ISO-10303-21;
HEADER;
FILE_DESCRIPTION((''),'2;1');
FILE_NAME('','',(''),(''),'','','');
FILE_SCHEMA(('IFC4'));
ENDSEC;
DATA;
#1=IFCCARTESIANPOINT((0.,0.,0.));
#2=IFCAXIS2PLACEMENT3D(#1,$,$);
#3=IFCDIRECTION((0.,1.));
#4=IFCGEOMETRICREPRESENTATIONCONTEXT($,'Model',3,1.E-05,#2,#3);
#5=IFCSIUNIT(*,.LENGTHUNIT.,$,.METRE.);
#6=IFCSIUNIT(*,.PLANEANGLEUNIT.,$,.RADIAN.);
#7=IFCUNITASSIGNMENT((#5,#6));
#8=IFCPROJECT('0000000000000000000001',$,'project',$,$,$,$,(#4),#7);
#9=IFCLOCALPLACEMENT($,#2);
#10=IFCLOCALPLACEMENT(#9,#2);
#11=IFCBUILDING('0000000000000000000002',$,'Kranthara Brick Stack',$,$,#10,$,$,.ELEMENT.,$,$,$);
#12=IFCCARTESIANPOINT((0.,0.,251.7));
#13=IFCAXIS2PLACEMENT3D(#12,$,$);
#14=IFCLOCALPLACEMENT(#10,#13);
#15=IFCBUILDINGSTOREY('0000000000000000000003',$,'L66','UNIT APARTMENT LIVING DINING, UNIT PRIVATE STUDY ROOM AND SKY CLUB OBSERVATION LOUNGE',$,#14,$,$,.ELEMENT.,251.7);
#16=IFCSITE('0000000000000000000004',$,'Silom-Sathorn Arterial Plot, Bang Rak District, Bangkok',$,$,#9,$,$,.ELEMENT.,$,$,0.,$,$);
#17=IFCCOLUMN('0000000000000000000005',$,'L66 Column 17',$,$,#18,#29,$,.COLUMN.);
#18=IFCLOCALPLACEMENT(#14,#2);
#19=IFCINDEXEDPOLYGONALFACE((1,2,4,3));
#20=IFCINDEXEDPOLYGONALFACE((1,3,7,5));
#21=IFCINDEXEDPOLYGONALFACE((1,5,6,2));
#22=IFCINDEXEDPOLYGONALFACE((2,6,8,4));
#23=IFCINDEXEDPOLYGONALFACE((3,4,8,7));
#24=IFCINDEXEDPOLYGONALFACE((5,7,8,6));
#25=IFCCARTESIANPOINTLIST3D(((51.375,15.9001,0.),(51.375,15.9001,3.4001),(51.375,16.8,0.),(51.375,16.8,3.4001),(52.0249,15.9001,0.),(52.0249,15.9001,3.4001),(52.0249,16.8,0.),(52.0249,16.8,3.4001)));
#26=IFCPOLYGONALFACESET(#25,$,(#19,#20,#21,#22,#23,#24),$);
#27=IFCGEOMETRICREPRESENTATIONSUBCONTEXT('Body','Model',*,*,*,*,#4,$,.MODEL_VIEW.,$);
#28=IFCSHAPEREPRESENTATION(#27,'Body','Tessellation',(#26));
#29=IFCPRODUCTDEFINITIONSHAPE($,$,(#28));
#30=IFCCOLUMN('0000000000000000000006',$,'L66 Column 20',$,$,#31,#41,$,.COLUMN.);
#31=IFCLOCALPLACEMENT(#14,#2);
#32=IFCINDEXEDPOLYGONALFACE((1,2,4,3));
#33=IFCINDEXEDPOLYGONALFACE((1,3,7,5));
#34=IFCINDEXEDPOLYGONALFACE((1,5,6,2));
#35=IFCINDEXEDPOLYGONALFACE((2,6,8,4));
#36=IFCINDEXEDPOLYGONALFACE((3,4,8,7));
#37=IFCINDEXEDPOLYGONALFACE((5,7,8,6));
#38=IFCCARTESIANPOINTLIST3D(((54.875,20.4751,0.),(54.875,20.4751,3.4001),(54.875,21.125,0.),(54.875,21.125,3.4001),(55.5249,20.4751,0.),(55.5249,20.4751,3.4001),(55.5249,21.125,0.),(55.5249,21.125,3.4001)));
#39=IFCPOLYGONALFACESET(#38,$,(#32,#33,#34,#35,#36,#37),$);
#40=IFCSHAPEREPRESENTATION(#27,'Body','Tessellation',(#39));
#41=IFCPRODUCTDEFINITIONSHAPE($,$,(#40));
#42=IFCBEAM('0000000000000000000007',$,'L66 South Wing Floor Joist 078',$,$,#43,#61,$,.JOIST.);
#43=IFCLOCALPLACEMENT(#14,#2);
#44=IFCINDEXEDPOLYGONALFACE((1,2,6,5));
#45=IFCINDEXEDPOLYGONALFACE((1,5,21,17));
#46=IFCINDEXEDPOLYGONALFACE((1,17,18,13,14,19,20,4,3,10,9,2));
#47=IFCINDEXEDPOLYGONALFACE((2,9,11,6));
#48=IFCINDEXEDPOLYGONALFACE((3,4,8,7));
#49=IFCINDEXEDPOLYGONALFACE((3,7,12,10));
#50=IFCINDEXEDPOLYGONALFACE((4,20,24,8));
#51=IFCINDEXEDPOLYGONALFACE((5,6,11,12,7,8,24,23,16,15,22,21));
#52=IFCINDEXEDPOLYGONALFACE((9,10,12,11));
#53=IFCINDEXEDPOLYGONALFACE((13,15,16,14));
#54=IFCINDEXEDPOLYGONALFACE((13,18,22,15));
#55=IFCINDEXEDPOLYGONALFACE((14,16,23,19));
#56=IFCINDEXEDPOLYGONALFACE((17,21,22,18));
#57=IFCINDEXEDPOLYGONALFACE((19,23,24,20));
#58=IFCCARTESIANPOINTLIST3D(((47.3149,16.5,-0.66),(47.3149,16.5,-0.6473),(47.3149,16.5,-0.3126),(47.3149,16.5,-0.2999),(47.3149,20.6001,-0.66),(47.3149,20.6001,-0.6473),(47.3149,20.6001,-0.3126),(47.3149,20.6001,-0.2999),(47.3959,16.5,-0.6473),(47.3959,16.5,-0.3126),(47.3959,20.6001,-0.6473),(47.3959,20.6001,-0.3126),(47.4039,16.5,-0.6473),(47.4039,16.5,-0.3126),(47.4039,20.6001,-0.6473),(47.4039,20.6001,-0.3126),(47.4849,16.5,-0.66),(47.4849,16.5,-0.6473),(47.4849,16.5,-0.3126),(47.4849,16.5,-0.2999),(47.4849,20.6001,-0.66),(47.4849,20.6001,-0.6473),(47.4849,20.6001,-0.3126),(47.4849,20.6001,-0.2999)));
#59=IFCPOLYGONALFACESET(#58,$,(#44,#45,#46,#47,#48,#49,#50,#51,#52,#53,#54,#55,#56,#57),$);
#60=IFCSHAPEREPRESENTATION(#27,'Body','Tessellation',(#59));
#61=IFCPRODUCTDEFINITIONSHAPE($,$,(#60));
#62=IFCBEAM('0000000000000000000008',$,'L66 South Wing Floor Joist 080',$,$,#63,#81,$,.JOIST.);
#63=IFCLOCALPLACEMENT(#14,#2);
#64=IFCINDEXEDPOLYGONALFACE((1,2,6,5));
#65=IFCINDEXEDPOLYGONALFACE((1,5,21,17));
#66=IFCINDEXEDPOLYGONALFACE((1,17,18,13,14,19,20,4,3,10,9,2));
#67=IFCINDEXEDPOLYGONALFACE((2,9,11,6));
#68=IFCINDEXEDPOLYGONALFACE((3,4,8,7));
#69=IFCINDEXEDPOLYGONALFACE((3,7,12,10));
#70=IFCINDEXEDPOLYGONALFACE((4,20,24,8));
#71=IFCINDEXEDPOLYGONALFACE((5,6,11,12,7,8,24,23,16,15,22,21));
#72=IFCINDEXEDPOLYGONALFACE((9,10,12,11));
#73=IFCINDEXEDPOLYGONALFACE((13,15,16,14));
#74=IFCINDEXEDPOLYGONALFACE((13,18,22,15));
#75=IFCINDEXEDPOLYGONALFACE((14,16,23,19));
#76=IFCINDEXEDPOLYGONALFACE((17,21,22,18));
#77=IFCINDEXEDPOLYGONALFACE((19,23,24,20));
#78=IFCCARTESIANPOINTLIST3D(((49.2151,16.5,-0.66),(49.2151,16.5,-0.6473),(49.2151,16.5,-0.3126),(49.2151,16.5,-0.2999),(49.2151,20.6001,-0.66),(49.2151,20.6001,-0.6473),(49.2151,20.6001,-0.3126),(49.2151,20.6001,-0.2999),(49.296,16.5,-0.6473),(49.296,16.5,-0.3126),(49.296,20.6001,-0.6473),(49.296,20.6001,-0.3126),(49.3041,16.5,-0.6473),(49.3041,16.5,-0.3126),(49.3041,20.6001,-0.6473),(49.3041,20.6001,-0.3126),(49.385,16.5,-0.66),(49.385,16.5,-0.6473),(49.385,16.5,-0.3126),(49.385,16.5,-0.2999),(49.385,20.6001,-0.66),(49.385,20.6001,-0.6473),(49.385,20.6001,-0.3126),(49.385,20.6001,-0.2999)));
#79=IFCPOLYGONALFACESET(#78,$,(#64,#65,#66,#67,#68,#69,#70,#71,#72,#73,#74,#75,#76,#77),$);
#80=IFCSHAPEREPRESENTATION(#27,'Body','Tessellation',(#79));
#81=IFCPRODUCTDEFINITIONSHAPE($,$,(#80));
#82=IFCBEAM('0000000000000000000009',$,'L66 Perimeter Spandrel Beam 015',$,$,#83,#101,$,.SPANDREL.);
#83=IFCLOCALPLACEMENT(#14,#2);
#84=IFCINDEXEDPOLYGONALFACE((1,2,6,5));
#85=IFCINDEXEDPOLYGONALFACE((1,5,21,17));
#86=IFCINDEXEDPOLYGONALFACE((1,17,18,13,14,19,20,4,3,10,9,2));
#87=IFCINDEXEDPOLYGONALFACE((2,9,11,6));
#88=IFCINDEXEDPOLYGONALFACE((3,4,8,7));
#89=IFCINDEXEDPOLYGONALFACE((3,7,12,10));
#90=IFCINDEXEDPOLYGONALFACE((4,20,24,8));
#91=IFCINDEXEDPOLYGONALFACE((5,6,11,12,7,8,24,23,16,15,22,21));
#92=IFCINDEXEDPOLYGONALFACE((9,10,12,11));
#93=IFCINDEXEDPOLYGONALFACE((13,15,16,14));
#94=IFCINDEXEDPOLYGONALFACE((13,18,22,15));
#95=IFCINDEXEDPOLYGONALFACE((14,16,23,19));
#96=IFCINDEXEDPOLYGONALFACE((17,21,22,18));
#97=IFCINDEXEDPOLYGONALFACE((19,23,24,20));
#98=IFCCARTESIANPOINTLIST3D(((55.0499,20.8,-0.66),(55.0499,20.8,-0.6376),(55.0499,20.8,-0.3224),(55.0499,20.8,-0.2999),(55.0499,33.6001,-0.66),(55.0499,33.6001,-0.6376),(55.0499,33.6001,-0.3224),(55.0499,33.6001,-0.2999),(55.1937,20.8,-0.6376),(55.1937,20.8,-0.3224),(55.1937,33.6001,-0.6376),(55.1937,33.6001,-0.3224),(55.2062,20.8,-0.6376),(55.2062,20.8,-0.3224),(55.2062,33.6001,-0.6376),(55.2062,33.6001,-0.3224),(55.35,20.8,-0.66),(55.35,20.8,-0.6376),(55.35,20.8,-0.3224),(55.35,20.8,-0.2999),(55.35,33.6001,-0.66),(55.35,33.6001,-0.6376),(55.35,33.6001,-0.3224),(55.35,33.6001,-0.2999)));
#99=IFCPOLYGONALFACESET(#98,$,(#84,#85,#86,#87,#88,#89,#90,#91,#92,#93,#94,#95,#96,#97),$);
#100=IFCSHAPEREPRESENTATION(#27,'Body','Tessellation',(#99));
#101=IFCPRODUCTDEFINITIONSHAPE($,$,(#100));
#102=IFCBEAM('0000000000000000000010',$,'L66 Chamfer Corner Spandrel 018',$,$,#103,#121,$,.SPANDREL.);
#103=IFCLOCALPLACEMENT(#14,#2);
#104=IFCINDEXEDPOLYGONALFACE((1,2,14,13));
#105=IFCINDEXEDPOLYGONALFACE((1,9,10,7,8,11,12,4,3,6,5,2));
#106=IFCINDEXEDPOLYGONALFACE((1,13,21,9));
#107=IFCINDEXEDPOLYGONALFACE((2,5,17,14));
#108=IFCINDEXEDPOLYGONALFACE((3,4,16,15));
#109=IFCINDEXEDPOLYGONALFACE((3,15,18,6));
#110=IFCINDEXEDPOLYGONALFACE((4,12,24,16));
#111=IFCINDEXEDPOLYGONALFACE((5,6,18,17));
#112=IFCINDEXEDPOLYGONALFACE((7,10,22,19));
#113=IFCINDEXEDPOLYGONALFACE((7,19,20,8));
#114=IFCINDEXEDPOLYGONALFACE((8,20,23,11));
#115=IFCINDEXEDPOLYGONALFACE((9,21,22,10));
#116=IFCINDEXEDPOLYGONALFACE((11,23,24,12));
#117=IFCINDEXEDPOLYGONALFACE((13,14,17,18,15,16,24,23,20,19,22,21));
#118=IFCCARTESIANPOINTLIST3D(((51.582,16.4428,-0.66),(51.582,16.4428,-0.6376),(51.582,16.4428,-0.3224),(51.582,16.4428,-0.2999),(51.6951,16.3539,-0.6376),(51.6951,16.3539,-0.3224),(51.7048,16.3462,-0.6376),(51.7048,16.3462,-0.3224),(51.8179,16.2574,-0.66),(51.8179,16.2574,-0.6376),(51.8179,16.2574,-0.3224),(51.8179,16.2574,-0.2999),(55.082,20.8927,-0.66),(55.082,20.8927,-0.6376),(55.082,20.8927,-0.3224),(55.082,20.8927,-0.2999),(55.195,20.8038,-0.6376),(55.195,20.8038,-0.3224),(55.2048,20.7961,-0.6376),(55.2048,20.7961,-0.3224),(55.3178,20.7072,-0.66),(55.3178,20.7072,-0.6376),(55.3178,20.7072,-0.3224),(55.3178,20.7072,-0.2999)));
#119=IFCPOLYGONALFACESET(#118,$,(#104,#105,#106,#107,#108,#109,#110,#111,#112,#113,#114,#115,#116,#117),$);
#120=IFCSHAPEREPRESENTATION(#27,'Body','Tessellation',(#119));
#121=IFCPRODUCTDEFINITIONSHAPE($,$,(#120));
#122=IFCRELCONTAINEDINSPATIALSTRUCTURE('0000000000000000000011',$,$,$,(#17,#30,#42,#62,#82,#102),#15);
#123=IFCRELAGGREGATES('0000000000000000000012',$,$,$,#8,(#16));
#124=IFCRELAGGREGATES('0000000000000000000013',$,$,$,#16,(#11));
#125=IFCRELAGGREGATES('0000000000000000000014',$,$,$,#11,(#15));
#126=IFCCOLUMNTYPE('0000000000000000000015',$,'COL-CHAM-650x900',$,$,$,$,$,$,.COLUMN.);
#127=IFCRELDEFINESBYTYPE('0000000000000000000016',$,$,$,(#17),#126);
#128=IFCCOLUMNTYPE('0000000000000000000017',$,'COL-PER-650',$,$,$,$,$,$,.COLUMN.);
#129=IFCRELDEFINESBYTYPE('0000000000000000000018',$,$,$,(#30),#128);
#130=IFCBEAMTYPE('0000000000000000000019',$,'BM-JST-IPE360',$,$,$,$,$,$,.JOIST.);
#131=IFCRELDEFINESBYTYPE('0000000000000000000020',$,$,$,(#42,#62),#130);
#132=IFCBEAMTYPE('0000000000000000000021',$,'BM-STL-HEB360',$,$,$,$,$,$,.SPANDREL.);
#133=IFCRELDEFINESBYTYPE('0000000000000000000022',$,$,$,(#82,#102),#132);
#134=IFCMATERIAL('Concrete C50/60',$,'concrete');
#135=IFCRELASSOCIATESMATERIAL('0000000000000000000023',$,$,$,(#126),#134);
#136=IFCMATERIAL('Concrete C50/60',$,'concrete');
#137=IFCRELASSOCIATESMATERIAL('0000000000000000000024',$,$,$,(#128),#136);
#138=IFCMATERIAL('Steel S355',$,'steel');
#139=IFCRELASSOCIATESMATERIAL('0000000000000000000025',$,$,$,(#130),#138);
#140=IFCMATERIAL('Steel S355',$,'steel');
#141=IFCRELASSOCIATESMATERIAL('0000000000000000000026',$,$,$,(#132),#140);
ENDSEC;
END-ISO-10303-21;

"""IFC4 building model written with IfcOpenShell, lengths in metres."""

from ifc_helpers import new_model, si_unit, direction, frame, origin, origin_2d, place, context, subcontext, project, spatial, rectangle, i_section, extrude, material, material_profile, profile_set, type_object, element, save


model = new_model("IFC4")

# Units and contexts
model_context = context("Model", 3, precision=1e-05, world=origin(), true_north=direction((0.0, 1.0)))
body_context = subcontext(model_context, "Body", "Model", "MODEL_VIEW")
ifc_project = project(units=[si_unit("LENGTHUNIT", "METRE"), si_unit("PLANEANGLEUNIT", "RADIAN")], contexts=[model_context])

# Site, building, storey
site_placement = place(None, origin())
site = spatial("IfcSite", under=ifc_project, at=site_placement, Name="Silom-Sathorn Arterial Plot, Bang Rak District, Bangkok", CompositionType="ELEMENT", RefElevation=0.0)
building_placement = place(site_placement, origin())
building = spatial("IfcBuilding", under=site, at=building_placement, Name="Kranthara Brick Stack", CompositionType="ELEMENT")
storey_placement = place(building_placement, frame((0.0, 0.0, 251.7)))
storey = spatial("IfcBuildingStorey", under=building, at=storey_placement, Name="L66", Description="UNIT APARTMENT LIVING DINING, UNIT PRIVATE STUDY ROOM AND SKY CLUB OBSERVATION LOUNGE", CompositionType="ELEMENT", Elevation=251.7)

# Columns
ifc_material_1 = material(Name="Concrete C50/60", Category="concrete")
ifc_material_profile_1 = material_profile(ifc_material_1, rectangle(XDim=0.6499, YDim=0.8999, at=origin_2d()), Name="RC 650x900")
ifc_profile_set_1 = profile_set([ifc_material_profile_1], Name="Concrete C50/60")
column_type_1 = type_object("IfcColumnType", Name="COL-CHAM-650x900", PredefinedType="COLUMN", material=ifc_profile_set_1)
column_1_placement = place(storey_placement, frame((51.7, 16.3501, 0.0), z_axis=(0.0, 0.0, 1.0), x_axis=(1.0, 0.0, 0.0)))
element("IfcColumn", 1, at=column_1_placement, inside=storey, type_object=column_type_1, Name="L66 Column 17", PredefinedType="COLUMN", context=body_context, shape_type="SweptSolid", body=[
    extrude(rectangle(XDim=0.6499, YDim=0.8999, at=origin_2d()), origin(), (0.0, 0.0, 1.0), 3.4001),
])
ifc_material_2 = material(Name="Concrete C50/60", Category="concrete")
ifc_material_profile_2 = material_profile(ifc_material_2, rectangle(XDim=0.6499, YDim=0.6499, at=origin_2d()), Name="RC 650x650")
ifc_profile_set_2 = profile_set([ifc_material_profile_2], Name="Concrete C50/60")
column_type_2 = type_object("IfcColumnType", Name="COL-PER-650", PredefinedType="COLUMN", material=ifc_profile_set_2)
column_2_placement = place(storey_placement, frame((55.2, 20.8, 0.0), z_axis=(0.0, 0.0, 1.0), x_axis=(1.0, 0.0, 0.0)))
element("IfcColumn", 2, at=column_2_placement, inside=storey, type_object=column_type_2, Name="L66 Column 20", PredefinedType="COLUMN", context=body_context, shape_type="SweptSolid", body=[
    extrude(rectangle(XDim=0.6499, YDim=0.6499, at=origin_2d()), origin(), (0.0, 0.0, 1.0), 3.4001),
])

# Beams
ifc_material_3 = material(Name="Steel S355", Category="steel")
ifc_material_profile_3 = material_profile(ifc_material_3, i_section(OverallWidth=0.1699, OverallDepth=0.3601, WebThickness=0.0081, FlangeThickness=0.0127, at=origin_2d()), Name="IPE 360")
ifc_profile_set_3 = profile_set([ifc_material_profile_3], Name="Steel S355")
beam_type_1 = type_object("IfcBeamType", Name="BM-JST-IPE360", PredefinedType="JOIST", material=ifc_profile_set_3)
for number, where, z_axis, x_axis, name in (
    (3, (47.3999, 16.5, -0.48), (0.0, 1.0, 0.0), (-1.0, 0.0, 0.0), "L66 South Wing Floor Joist 078"),
    (4, (49.3, 16.5, -0.48), (0.0, 1.0, 0.0), (-1.0, 0.0, 0.0), "L66 South Wing Floor Joist 080"),
):
    element("IfcBeam", number, at=place(storey_placement, frame(where, z_axis=z_axis, x_axis=x_axis)), inside=storey, type_object=beam_type_1, Name=name, PredefinedType="JOIST", context=body_context, shape_type="SweptSolid", body=[
        extrude(i_section(OverallWidth=0.1699, OverallDepth=0.3601, WebThickness=0.0081, FlangeThickness=0.0127, at=origin_2d()), origin(), (0.0, 0.0, 1.0), 4.1001),
    ])
ifc_material_4 = material(Name="Steel S355", Category="steel")
ifc_material_profile_4 = material_profile(ifc_material_4, i_section(OverallWidth=0.3, OverallDepth=0.3601, WebThickness=0.0125, FlangeThickness=0.0225, at=origin_2d()), Name="HEB 360")
ifc_profile_set_4 = profile_set([ifc_material_profile_4], Name="Steel S355")
beam_type_2 = type_object("IfcBeamType", Name="BM-STL-HEB360", PredefinedType="SPANDREL", material=ifc_profile_set_4)
beam_1_placement = place(storey_placement, frame((55.2, 20.8, -0.48), z_axis=(0.0, 1.0, 0.0), x_axis=(-1.0, 0.0, 0.0)))
element("IfcBeam", 5, at=beam_1_placement, inside=storey, type_object=beam_type_2, Name="L66 Perimeter Spandrel Beam 015", PredefinedType="SPANDREL", context=body_context, shape_type="SweptSolid", body=[
    extrude(i_section(OverallWidth=0.3, OverallDepth=0.3601, WebThickness=0.0125, FlangeThickness=0.0225, at=origin_2d()), origin(), (0.0, 0.0, 1.0), 12.8),
])
beam_2_placement = place(storey_placement, frame((51.7, 16.3501, -0.48), z_axis=(0.618216, 0.786008, 0.0), x_axis=(-0.786008, 0.618216, 0.0)))
element("IfcBeam", 6, at=beam_2_placement, inside=storey, type_object=beam_type_2, Name="L66 Chamfer Corner Spandrel 018", PredefinedType="SPANDREL", context=body_context, shape_type="SweptSolid", body=[
    extrude(i_section(OverallWidth=0.3, OverallDepth=0.3601, WebThickness=0.0125, FlangeThickness=0.0225, at=origin_2d()), origin(), (0.0, 0.0, 1.0), 5.6614),
])

save(model, "model.ifc")
